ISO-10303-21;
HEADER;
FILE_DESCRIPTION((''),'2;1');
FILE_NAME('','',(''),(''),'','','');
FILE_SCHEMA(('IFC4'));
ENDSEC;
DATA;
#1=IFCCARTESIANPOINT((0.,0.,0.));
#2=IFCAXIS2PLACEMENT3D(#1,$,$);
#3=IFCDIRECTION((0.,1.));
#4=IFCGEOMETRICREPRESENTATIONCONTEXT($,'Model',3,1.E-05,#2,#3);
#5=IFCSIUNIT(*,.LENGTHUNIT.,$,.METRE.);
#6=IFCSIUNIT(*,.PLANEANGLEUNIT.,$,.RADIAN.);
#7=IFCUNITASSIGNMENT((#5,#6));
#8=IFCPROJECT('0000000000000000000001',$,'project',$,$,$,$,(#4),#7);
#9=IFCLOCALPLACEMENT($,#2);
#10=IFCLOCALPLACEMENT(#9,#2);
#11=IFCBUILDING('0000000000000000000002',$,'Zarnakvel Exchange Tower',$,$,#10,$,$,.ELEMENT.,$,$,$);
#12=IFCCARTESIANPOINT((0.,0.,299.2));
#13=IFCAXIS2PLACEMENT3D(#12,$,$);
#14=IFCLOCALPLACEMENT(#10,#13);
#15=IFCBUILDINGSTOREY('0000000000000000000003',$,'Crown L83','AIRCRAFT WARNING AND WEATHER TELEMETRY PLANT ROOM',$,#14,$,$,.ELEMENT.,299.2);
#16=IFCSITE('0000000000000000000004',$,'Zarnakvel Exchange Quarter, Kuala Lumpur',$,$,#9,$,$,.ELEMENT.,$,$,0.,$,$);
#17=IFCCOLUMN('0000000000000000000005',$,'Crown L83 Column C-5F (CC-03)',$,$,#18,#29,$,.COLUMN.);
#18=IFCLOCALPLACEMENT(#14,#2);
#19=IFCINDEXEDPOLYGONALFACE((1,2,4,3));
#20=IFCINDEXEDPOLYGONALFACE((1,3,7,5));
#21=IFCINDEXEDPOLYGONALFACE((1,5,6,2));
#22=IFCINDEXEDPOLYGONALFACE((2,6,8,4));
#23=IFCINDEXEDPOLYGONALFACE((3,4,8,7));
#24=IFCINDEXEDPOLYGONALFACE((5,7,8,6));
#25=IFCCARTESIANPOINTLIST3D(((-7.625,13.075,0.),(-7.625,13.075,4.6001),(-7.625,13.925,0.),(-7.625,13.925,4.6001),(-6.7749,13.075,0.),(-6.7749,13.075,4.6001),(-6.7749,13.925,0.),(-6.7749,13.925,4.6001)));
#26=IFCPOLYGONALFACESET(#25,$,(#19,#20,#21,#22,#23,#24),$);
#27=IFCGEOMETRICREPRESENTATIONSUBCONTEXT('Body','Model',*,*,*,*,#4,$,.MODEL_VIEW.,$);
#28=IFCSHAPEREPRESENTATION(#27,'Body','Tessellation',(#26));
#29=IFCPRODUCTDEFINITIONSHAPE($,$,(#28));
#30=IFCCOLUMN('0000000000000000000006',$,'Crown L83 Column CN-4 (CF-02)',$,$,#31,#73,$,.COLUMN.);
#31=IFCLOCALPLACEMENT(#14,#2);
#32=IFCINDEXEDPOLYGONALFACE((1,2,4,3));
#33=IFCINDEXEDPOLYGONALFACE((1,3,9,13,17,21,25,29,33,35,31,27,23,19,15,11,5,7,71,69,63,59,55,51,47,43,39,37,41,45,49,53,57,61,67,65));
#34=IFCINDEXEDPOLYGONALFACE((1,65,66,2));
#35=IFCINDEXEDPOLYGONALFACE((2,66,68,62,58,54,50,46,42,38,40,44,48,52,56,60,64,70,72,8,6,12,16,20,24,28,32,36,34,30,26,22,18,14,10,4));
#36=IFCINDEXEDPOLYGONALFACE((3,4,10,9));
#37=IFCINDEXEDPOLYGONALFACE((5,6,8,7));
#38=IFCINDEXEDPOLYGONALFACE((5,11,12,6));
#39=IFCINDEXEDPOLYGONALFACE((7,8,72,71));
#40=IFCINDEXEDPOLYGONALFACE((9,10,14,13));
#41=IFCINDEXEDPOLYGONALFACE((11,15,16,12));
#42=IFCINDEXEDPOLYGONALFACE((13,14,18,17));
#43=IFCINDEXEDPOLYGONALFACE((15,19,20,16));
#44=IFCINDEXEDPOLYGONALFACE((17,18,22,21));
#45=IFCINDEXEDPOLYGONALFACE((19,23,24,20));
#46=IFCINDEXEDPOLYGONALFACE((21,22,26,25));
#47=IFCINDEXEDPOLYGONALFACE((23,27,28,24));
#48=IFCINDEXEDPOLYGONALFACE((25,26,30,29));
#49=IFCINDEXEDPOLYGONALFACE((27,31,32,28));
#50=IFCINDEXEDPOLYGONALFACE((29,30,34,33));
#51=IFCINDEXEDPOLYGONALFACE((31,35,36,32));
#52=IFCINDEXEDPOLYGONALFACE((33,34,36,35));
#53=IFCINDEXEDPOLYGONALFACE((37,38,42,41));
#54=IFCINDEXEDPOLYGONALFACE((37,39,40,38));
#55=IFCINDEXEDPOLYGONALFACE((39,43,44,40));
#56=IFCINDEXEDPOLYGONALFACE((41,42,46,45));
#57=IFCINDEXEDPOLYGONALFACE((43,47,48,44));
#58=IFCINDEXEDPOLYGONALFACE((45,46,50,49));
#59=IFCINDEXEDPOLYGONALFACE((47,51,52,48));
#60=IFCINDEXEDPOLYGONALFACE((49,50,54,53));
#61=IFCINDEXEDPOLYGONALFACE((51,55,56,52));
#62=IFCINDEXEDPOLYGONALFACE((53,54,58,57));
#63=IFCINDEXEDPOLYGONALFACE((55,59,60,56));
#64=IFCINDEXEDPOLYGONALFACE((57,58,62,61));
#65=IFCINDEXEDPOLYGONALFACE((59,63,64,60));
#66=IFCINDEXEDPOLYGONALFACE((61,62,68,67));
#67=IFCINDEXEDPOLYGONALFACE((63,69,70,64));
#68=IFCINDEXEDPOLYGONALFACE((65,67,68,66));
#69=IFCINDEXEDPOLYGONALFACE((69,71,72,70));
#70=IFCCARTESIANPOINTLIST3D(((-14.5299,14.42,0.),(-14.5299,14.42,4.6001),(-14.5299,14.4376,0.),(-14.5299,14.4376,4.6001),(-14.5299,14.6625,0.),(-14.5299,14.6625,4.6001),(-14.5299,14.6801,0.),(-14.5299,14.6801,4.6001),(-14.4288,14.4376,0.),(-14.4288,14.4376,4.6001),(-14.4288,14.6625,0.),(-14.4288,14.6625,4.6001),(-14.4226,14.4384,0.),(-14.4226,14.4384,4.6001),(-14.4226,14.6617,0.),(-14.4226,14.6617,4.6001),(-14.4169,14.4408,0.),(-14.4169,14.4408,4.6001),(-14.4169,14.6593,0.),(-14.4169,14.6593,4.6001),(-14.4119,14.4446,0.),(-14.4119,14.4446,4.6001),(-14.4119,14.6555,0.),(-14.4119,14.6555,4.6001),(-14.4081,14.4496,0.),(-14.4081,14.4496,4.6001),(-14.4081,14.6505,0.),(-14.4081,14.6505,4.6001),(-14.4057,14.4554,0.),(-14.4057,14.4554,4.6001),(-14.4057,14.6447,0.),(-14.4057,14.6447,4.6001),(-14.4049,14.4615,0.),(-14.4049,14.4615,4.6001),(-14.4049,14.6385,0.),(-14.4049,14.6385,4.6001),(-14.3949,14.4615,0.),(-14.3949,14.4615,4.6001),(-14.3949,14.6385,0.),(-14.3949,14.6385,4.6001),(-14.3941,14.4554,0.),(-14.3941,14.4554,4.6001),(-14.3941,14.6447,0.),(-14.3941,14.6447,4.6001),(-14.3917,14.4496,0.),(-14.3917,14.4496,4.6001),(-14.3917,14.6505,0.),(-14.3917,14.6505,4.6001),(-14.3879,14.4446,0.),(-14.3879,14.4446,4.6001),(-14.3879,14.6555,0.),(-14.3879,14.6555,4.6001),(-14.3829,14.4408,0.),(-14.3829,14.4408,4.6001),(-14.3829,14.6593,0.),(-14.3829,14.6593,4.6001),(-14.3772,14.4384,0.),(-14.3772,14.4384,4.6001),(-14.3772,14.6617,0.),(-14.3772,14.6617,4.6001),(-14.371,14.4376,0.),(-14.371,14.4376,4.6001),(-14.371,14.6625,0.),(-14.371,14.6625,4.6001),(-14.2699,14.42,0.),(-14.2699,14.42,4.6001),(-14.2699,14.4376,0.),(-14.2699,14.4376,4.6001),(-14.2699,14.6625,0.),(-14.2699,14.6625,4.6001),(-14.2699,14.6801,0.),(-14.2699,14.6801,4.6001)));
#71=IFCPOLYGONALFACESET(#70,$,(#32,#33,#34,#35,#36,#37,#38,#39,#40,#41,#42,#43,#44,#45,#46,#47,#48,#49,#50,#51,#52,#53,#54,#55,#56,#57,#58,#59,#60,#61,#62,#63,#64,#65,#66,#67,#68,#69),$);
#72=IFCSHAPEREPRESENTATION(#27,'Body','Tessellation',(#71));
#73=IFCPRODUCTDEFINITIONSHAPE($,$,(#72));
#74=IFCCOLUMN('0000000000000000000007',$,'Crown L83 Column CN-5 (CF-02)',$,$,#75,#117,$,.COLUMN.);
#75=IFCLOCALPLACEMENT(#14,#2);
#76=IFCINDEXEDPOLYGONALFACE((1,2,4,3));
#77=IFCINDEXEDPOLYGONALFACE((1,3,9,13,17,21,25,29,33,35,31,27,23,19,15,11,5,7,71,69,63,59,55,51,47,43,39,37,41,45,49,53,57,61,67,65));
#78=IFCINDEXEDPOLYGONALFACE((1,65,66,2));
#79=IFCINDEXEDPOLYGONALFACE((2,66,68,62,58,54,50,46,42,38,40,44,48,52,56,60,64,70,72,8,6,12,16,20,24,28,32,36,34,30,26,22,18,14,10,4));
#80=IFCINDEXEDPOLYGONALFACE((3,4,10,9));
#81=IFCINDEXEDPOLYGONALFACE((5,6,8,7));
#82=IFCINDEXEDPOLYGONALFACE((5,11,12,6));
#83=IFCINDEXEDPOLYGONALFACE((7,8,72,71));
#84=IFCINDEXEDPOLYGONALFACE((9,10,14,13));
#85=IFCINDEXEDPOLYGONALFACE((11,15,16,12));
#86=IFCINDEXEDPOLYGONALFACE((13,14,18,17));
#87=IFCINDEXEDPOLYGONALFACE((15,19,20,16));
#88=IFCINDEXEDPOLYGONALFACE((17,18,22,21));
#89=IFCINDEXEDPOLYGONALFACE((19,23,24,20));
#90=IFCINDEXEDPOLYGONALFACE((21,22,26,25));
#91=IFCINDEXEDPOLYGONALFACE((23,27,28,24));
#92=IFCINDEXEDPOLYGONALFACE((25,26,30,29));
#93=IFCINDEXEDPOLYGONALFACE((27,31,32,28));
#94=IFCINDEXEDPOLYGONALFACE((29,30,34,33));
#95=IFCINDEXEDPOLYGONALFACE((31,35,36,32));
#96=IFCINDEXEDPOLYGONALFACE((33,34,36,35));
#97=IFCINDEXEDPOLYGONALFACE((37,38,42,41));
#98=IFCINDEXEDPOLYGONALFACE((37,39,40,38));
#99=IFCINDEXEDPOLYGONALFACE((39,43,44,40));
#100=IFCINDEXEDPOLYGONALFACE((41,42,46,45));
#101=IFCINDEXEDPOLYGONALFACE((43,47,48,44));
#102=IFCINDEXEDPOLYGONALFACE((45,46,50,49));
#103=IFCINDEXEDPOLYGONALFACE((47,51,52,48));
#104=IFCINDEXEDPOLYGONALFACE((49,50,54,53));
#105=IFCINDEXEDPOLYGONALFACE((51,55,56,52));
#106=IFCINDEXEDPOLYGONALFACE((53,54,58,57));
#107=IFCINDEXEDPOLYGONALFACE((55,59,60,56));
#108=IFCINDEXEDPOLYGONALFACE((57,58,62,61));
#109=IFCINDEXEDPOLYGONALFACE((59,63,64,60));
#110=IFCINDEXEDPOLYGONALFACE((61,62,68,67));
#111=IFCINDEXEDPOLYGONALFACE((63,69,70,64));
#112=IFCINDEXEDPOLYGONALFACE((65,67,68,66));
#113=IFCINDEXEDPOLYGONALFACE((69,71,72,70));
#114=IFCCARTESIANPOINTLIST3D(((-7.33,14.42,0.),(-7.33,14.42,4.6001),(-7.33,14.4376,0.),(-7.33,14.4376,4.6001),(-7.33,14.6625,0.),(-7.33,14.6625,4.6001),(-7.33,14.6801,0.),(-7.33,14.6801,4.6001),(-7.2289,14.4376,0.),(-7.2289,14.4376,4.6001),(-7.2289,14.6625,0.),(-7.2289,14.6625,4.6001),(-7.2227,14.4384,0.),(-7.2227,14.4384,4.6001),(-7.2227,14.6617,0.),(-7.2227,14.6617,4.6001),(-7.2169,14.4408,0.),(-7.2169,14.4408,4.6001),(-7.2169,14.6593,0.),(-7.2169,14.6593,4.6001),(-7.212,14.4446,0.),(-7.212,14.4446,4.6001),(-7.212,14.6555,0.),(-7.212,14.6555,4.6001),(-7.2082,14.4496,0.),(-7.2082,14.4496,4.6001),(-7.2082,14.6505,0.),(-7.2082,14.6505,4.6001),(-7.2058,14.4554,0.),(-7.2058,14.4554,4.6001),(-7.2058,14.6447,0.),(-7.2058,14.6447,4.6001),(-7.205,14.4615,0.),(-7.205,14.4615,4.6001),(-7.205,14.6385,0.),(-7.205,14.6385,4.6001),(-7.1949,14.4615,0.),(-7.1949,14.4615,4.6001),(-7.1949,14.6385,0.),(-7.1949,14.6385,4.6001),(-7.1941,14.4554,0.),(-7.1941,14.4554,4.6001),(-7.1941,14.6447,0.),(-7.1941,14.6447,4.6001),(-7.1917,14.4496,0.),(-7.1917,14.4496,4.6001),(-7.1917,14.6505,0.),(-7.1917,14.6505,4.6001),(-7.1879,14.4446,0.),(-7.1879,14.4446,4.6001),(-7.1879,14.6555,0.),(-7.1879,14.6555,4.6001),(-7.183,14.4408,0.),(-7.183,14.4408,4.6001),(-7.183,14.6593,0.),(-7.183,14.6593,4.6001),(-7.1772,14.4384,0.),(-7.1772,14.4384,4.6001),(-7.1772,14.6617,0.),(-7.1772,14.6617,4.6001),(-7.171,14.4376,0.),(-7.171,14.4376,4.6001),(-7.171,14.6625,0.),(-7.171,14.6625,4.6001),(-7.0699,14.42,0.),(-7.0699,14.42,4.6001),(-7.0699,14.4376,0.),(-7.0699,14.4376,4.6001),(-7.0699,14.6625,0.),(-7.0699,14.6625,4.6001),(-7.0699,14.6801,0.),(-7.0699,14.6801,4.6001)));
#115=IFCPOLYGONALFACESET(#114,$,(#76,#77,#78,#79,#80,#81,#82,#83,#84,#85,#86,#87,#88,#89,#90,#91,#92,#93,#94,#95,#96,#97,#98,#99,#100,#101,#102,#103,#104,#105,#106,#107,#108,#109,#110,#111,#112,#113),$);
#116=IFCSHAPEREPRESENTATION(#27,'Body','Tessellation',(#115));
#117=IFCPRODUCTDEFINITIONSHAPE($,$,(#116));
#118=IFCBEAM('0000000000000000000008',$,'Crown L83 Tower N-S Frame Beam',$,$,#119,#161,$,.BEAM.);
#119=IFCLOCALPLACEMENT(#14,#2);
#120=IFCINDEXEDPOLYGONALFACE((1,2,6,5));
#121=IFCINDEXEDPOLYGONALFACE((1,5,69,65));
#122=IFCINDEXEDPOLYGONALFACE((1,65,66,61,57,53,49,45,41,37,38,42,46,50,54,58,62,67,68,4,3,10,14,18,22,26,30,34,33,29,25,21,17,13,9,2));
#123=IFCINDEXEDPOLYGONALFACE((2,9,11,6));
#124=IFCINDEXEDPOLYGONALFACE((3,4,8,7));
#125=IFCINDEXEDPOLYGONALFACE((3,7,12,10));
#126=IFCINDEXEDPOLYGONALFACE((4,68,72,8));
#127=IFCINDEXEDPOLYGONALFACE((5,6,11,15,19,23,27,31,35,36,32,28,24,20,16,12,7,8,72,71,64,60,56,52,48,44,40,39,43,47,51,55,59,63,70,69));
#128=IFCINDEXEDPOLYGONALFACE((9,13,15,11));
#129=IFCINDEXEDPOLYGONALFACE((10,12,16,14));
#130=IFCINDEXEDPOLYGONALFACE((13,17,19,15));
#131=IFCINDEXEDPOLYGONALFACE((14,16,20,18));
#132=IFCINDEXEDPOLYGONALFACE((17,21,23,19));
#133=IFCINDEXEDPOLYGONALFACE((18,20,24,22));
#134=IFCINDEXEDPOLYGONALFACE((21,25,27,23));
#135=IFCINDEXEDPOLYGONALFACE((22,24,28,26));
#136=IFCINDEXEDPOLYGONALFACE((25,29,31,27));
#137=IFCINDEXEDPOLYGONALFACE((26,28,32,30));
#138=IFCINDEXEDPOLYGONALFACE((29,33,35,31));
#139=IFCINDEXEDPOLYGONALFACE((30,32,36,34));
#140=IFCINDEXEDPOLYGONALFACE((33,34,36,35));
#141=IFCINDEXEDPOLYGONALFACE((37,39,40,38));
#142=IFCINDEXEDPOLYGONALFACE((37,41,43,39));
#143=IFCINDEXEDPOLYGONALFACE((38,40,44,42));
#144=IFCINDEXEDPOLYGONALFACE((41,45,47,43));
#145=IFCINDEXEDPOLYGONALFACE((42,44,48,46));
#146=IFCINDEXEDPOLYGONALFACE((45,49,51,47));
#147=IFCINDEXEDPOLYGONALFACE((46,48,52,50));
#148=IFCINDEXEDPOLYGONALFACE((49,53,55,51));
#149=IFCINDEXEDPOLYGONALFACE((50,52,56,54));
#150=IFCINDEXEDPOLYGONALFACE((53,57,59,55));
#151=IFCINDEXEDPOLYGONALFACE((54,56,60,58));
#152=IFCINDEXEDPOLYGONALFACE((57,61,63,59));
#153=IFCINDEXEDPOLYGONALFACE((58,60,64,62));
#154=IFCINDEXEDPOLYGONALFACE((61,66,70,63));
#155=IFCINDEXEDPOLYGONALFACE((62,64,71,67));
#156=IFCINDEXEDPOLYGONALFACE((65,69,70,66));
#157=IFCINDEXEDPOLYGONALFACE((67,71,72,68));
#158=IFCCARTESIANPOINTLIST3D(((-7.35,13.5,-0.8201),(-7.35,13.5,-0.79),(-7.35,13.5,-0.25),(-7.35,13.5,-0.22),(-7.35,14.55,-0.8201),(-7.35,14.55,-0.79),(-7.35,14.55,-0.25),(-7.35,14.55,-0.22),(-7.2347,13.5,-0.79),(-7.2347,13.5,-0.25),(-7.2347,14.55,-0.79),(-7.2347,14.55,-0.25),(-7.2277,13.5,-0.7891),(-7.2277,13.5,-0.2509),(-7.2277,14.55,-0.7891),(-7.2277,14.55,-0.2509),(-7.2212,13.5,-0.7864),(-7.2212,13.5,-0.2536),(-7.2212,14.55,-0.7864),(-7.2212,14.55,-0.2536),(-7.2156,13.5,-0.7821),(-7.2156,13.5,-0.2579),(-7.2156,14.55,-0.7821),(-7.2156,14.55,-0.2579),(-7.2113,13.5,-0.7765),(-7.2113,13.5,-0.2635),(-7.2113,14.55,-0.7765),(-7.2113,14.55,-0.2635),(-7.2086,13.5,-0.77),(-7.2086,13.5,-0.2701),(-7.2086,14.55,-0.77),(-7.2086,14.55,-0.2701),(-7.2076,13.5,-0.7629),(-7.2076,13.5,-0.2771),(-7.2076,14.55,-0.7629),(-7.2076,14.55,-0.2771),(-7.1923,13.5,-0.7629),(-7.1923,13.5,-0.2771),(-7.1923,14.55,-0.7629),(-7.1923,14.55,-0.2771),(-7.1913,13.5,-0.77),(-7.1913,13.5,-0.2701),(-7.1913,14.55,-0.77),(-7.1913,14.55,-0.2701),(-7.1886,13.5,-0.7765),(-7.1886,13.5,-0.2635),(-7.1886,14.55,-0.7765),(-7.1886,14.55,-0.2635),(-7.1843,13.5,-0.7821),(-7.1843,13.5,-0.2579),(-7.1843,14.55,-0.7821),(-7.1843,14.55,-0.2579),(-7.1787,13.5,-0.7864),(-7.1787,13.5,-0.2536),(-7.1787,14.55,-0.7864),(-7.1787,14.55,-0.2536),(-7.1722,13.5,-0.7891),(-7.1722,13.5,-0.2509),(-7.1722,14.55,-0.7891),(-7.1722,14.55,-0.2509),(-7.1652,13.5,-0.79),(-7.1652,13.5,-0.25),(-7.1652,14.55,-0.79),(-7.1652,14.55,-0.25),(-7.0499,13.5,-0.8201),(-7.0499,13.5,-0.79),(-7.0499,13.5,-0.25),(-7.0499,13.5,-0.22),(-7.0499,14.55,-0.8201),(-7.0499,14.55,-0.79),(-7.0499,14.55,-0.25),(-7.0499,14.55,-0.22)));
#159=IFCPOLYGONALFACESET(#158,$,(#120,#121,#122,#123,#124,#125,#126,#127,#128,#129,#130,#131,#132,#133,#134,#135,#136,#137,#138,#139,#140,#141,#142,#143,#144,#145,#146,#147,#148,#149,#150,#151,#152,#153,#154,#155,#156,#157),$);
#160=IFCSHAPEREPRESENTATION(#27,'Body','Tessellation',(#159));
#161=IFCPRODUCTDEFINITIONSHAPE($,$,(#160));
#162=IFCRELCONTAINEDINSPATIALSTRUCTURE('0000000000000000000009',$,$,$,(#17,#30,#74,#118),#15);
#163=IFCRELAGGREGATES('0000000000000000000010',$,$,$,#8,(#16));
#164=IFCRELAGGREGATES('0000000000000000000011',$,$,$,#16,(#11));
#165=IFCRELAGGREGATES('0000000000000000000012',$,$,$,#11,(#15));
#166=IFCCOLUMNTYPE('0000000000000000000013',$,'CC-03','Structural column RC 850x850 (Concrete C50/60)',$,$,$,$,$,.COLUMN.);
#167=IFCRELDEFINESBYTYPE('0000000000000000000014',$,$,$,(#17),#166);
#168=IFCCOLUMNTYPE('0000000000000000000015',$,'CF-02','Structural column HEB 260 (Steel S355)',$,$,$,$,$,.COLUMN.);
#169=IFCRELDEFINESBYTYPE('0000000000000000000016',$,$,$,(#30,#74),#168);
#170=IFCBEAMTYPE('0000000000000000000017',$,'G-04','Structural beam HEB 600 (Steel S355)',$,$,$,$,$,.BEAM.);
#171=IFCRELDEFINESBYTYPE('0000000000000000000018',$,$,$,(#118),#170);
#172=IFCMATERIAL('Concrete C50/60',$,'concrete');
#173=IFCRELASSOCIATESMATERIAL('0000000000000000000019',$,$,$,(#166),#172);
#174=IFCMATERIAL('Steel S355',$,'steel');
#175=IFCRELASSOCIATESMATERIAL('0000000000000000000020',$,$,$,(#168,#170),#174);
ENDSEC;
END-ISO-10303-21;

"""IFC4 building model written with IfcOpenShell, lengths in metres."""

from ifc_helpers import new_model, si_unit, direction, frame, origin, origin_2d, place, context, subcontext, project, spatial, rectangle, i_section, extrude, material, material_profile, profile_set, type_object, element, save


model = new_model("IFC4")

# Units and contexts
model_context = context("Model", 3, precision=1e-05, world=origin(), true_north=direction((0.0, 1.0)))
body_context = subcontext(model_context, "Body", "Model", "MODEL_VIEW")
ifc_project = project(units=[si_unit("LENGTHUNIT", "METRE"), si_unit("PLANEANGLEUNIT", "RADIAN")], contexts=[model_context])

# Site, building, storey
site_placement = place(None, origin())
site = spatial("IfcSite", under=ifc_project, at=site_placement, Name="Zarnakvel Exchange Quarter, Kuala Lumpur", CompositionType="ELEMENT", RefElevation=0.0)
building_placement = place(site_placement, origin())
building = spatial("IfcBuilding", under=site, at=building_placement, Name="Zarnakvel Exchange Tower", CompositionType="ELEMENT")
storey_placement = place(building_placement, frame((0.0, 0.0, 299.2)))
storey = spatial("IfcBuildingStorey", under=building, at=storey_placement, Name="Crown L83", Description="AIRCRAFT WARNING AND WEATHER TELEMETRY PLANT ROOM", CompositionType="ELEMENT", Elevation=299.2)

# Columns
ifc_material_1 = material(Name="Concrete C50/60", Category="concrete")
ifc_material_profile_1 = material_profile(ifc_material_1, rectangle(XDim=0.8501, YDim=0.8501, at=origin_2d()))
ifc_profile_set_1 = profile_set([ifc_material_profile_1], Name="Concrete C50/60")
column_type_1 = type_object("IfcColumnType", Name="CC-03", Description="Structural column RC 850x850 (Concrete C50/60)", PredefinedType="COLUMN", material=ifc_profile_set_1)
column_placement = place(storey_placement, frame((-7.2, 13.5, 0.0), z_axis=(0.0, 0.0, 1.0), x_axis=(1.0, 0.0, 0.0)))
element("IfcColumn", 1, at=column_placement, inside=storey, type_object=column_type_1, Name="Crown L83 Column C-5F (CC-03)", PredefinedType="COLUMN", context=body_context, shape_type="SweptSolid", body=[
    extrude(rectangle(XDim=0.8501, YDim=0.8501, at=origin_2d()), origin(), (0.0, 0.0, 1.0), 4.6001),
])
ifc_material_2 = material(Name="Steel S355", Category="steel")
ifc_material_profile_2 = material_profile(ifc_material_2, i_section(OverallWidth=0.26, OverallDepth=0.26, WebThickness=0.01, FlangeThickness=0.0176, FilletRadius=0.0239, at=origin_2d()))
ifc_profile_set_2 = profile_set([ifc_material_profile_2], Name="Steel S355")
column_type_2 = type_object("IfcColumnType", Name="CF-02", Description="Structural column HEB 260 (Steel S355)", PredefinedType="COLUMN", material=ifc_profile_set_2)
for number, where, z_axis, x_axis, name in (
    (2, (-14.3999, 14.55, 0.0), (0.0, 0.0, 1.0), (1.0, 0.0, 0.0), "Crown L83 Column CN-4 (CF-02)"),
    (3, (-7.2, 14.55, 0.0), (0.0, 0.0, 1.0), (1.0, 0.0, 0.0), "Crown L83 Column CN-5 (CF-02)"),
):
    element("IfcColumn", number, at=place(storey_placement, frame(where, z_axis=z_axis, x_axis=x_axis)), inside=storey, type_object=column_type_2, Name=name, PredefinedType="COLUMN", context=body_context, shape_type="SweptSolid", body=[
        extrude(i_section(OverallWidth=0.26, OverallDepth=0.26, WebThickness=0.01, FlangeThickness=0.0176, FilletRadius=0.0239, at=origin_2d()), origin(), (0.0, 0.0, 1.0), 4.6001),
    ])

# Beam
ifc_material_profile_3 = material_profile(ifc_material_2, i_section(OverallWidth=0.3, OverallDepth=0.6001, WebThickness=0.0154, FlangeThickness=0.03, FilletRadius=0.0271, at=origin_2d()))
ifc_profile_set_3 = profile_set([ifc_material_profile_3], Name="Steel S355")
beam_type_1 = type_object("IfcBeamType", Name="G-04", Description="Structural beam HEB 600 (Steel S355)", PredefinedType="BEAM", material=ifc_profile_set_3)
beam_1_placement = place(storey_placement, frame((-7.2, 13.5, -0.52), z_axis=(0.0, 1.0, 0.0), x_axis=(-1.0, 0.0, 0.0)))
element("IfcBeam", 4, at=beam_1_placement, inside=storey, type_object=beam_type_1, Name="Crown L83 Tower N-S Frame Beam", PredefinedType="BEAM", context=body_context, shape_type="SweptSolid", body=[
    extrude(i_section(OverallWidth=0.3, OverallDepth=0.6001, WebThickness=0.0154, FlangeThickness=0.03, FilletRadius=0.0271, at=origin_2d()), origin(), (0.0, 0.0, 1.0), 1.05),
])

save(model, "model.ifc")
